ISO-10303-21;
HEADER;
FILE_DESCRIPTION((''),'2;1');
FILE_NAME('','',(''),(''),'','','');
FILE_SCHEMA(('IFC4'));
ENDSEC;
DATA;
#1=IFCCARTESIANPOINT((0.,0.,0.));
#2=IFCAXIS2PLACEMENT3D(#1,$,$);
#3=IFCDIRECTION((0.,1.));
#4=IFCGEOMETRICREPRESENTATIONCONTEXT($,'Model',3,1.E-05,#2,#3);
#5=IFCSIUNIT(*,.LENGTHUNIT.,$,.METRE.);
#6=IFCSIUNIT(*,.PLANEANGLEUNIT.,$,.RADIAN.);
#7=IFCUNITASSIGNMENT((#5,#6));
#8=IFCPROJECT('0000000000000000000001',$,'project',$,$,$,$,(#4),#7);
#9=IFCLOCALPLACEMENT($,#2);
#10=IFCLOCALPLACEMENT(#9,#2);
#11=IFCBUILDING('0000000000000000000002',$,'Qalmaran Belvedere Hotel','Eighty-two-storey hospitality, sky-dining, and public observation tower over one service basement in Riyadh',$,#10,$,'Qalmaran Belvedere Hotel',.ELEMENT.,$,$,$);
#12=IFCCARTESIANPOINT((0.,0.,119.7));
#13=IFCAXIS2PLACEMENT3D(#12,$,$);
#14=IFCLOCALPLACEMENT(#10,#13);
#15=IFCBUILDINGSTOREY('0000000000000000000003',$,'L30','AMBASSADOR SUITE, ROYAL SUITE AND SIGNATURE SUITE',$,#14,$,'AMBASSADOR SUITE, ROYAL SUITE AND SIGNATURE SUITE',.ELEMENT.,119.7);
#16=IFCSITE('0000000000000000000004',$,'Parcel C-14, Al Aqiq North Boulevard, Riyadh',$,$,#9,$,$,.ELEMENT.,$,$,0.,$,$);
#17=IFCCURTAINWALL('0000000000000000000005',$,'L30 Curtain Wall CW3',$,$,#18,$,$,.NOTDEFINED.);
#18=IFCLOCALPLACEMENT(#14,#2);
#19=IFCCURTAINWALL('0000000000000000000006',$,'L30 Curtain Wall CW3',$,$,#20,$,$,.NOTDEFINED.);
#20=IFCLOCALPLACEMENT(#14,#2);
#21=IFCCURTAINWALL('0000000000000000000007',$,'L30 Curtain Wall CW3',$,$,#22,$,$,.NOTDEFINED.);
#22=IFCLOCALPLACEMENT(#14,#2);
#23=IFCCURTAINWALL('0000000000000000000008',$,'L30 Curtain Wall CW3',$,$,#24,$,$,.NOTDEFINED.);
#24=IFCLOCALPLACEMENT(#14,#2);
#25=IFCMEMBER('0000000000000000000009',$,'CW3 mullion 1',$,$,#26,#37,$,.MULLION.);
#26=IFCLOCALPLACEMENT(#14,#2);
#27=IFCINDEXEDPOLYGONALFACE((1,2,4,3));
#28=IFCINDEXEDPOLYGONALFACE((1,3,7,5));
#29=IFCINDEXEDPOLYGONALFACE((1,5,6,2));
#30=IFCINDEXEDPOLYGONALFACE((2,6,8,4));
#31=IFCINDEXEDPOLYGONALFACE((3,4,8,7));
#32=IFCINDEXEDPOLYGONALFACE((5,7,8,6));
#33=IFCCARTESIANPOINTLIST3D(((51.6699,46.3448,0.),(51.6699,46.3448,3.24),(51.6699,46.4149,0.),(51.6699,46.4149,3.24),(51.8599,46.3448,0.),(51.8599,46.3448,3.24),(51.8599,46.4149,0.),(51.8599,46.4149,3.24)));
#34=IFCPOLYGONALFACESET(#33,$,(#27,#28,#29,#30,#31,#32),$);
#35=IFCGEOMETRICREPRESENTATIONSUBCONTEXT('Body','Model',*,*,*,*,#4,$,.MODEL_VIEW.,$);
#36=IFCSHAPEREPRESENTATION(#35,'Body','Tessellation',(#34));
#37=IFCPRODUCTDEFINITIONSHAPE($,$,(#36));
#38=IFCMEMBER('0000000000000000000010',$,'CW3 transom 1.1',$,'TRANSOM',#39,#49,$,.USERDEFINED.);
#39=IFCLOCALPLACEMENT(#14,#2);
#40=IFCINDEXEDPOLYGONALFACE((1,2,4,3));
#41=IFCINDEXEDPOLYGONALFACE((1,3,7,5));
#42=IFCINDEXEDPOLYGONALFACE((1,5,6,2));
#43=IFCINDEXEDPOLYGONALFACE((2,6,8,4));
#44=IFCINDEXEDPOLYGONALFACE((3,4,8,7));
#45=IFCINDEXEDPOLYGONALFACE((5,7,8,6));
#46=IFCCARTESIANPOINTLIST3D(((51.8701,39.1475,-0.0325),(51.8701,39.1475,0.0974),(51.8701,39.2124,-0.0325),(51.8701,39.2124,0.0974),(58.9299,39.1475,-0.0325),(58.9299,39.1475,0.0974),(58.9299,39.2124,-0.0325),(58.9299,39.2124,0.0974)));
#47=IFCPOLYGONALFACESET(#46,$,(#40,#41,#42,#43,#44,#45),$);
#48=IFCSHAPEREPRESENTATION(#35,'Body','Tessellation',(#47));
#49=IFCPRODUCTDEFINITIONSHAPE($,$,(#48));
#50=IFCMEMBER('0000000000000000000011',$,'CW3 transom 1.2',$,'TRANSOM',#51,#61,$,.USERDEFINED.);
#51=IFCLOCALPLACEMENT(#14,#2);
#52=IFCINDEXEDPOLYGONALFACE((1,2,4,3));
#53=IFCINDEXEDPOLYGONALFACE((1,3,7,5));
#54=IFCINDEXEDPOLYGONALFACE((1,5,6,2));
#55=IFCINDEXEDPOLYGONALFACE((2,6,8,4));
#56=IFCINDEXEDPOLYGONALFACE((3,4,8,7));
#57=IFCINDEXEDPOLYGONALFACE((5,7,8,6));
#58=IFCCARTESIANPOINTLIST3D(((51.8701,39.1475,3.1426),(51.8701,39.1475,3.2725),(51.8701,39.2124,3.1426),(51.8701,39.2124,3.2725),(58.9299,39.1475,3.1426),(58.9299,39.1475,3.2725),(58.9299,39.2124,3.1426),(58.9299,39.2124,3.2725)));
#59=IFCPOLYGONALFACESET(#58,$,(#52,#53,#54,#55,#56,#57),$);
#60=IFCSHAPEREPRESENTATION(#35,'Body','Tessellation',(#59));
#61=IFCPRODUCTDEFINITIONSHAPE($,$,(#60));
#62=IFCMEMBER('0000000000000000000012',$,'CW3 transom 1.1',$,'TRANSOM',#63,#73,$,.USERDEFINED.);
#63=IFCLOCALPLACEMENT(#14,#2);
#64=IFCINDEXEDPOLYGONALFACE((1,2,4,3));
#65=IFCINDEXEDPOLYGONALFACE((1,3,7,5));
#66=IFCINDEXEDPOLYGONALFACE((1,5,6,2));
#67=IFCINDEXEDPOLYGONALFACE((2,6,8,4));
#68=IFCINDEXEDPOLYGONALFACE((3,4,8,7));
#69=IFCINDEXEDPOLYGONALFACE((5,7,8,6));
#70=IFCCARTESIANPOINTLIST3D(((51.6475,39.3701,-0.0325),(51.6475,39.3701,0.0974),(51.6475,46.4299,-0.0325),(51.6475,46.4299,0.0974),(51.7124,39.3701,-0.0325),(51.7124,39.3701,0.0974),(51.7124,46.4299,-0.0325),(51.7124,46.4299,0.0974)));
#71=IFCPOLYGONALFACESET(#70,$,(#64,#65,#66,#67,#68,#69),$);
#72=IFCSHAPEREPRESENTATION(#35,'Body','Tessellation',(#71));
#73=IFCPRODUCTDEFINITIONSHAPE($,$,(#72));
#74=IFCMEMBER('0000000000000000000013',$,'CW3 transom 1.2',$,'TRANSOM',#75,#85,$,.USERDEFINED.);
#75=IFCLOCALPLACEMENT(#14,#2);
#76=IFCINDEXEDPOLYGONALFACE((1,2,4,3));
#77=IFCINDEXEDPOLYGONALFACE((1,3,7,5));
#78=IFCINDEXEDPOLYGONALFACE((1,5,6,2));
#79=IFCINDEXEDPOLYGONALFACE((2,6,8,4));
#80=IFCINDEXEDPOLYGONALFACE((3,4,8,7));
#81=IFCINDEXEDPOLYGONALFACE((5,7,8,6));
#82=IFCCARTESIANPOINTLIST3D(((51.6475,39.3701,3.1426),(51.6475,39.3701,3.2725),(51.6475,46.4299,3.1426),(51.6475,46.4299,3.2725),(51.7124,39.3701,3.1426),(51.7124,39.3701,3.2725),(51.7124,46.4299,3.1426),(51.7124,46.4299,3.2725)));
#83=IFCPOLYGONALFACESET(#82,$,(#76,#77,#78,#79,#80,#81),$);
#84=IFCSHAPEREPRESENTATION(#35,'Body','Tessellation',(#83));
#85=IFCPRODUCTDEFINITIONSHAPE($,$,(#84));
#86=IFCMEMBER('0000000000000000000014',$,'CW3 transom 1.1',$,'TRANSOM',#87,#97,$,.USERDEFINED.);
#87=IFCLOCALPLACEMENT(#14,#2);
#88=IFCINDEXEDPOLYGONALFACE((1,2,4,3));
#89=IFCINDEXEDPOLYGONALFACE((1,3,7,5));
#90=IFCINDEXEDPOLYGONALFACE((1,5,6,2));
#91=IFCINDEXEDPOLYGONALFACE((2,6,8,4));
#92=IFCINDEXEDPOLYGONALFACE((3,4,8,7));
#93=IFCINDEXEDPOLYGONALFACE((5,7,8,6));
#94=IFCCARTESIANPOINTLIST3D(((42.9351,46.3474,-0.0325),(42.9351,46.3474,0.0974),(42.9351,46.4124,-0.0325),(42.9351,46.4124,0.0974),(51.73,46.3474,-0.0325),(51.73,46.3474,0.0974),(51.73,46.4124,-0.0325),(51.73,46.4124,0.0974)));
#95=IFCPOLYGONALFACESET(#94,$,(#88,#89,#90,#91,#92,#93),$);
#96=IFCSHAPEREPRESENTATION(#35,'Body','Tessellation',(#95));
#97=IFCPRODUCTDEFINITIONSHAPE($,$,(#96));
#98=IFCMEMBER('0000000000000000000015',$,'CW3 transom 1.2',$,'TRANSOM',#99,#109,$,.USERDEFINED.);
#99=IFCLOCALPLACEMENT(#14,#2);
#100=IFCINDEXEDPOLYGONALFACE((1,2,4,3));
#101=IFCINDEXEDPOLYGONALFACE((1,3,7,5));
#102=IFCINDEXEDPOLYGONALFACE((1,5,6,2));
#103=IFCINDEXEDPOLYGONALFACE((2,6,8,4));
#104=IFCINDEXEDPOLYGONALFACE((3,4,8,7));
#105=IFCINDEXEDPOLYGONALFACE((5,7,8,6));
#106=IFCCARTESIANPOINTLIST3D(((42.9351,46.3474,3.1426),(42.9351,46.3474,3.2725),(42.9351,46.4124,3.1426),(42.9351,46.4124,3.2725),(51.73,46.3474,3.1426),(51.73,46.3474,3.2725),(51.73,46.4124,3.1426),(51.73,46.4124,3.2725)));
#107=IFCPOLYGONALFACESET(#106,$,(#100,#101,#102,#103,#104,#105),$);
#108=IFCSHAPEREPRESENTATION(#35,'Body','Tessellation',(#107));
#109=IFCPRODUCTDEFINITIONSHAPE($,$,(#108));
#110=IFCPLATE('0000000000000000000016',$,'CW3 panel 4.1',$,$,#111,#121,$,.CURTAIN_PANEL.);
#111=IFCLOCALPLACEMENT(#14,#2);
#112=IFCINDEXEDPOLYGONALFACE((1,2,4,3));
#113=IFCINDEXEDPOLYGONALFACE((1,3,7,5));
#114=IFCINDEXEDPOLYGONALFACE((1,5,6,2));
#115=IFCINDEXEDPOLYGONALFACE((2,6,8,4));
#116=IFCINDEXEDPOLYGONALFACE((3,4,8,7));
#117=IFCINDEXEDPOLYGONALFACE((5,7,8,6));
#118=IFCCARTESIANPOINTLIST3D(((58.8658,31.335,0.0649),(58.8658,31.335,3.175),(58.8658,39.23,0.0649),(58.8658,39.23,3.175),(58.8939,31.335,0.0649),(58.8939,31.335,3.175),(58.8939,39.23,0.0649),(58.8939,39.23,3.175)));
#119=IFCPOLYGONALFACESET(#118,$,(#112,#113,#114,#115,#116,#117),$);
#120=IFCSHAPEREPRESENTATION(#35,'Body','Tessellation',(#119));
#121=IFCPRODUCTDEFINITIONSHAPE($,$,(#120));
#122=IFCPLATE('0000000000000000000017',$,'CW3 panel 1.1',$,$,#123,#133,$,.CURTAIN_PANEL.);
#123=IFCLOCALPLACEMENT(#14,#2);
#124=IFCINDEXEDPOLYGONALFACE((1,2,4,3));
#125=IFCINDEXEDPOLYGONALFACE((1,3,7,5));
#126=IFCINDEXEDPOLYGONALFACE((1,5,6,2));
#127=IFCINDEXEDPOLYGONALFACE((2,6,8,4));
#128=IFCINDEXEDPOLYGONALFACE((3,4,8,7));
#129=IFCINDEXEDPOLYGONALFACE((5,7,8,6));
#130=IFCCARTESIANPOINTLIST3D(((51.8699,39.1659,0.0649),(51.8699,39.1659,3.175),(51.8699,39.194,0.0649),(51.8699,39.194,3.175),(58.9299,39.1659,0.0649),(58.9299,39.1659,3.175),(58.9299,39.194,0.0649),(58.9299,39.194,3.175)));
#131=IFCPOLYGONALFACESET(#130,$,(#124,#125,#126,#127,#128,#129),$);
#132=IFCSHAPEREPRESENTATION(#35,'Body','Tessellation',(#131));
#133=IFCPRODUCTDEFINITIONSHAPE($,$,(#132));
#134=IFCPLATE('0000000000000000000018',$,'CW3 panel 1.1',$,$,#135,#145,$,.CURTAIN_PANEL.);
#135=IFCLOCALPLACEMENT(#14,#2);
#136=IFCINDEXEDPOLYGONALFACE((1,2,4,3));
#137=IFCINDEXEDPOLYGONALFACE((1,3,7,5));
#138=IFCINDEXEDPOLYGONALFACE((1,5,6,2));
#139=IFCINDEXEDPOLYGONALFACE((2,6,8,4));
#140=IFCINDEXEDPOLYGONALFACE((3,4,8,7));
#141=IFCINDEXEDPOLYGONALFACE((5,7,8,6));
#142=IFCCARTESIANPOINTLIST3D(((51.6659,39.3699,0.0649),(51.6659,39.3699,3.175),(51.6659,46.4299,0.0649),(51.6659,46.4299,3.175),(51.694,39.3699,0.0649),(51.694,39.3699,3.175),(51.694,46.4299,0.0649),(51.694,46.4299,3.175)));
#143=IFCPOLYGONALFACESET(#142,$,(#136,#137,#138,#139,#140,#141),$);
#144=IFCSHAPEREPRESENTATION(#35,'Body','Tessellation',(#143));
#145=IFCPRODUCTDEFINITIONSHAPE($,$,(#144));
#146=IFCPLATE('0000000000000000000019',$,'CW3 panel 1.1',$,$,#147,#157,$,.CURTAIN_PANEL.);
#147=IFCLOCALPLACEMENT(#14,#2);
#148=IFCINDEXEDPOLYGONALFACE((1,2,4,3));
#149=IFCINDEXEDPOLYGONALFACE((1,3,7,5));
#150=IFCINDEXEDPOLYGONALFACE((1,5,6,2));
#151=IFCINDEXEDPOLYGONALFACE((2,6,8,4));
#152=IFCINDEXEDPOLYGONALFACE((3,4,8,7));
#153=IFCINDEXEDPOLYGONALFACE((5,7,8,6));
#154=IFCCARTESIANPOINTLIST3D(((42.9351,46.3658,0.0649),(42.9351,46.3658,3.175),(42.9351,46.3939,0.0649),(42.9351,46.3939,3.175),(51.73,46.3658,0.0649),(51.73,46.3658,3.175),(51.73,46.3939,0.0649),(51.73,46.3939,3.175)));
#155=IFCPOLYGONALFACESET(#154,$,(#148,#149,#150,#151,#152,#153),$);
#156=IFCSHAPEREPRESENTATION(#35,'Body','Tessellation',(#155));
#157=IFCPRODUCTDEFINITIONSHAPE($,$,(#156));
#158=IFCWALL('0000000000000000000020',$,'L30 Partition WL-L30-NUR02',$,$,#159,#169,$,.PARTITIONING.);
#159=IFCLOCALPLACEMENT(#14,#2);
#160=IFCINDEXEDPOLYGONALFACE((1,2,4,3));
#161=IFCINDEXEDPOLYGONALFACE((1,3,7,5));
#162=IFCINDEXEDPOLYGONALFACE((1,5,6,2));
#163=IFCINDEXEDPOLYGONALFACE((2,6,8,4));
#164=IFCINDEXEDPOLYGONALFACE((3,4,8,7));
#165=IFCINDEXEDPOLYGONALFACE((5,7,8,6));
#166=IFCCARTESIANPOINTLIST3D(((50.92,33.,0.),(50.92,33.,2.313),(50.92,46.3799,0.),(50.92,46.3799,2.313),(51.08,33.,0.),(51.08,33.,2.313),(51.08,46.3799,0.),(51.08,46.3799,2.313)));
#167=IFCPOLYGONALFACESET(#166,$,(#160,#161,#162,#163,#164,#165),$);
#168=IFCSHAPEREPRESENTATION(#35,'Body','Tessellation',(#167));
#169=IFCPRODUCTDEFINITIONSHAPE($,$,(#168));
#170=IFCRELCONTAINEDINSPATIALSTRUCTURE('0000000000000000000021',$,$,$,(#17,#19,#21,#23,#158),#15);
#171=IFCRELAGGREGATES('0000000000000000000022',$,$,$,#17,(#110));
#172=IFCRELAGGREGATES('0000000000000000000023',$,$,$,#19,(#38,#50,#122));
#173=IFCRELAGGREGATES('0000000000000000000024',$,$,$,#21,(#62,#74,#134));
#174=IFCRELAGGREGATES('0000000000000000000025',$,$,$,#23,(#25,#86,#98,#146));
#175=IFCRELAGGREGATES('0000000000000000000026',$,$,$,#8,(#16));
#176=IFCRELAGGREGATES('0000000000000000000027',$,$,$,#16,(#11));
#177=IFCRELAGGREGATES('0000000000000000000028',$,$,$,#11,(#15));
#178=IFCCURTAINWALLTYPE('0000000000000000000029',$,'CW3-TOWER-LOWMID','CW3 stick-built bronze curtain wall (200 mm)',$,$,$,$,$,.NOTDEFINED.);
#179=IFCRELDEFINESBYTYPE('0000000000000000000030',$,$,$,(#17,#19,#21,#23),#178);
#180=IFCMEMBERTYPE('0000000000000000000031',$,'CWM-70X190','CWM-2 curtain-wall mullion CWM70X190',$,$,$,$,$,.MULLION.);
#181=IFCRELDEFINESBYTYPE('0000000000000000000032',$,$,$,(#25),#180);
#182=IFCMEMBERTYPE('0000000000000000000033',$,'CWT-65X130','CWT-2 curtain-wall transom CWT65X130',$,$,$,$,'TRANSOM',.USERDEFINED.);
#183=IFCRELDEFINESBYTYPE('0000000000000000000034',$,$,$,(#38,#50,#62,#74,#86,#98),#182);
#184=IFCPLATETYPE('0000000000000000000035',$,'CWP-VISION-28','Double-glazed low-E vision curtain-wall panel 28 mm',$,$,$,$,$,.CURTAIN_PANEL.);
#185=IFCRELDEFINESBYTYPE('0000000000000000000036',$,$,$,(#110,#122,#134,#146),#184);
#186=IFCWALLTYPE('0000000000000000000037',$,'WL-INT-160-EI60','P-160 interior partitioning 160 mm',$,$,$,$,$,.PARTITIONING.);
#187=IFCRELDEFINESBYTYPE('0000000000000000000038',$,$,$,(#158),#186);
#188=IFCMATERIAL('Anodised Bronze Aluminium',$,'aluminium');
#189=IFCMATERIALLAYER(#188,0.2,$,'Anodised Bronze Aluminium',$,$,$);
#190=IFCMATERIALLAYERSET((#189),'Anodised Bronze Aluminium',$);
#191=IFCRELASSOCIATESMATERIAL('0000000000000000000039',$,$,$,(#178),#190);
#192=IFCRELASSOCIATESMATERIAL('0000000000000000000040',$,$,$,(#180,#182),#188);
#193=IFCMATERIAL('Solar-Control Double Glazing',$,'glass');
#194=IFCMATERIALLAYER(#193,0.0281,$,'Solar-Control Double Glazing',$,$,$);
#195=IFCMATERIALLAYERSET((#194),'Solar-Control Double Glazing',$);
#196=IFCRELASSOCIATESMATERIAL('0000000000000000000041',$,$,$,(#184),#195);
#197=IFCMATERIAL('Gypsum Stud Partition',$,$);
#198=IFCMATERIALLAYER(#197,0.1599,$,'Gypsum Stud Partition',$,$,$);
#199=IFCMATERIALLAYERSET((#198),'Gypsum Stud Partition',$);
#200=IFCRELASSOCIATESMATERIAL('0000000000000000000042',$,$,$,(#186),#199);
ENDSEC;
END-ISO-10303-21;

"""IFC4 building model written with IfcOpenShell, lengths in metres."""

from ifc_helpers import new_model, si_unit, direction, frame, frame_2d, origin, origin_2d, place, context, subcontext, project, spatial, rectangle, extrude, material, layer, layer_set, material_profile, profile_set, type_object, element, aggregate, save


model = new_model("IFC4")

# Units and contexts
model_context = context("Model", 3, precision=1e-05, world=origin(), true_north=direction((0.0, 1.0)))
body_context = subcontext(model_context, "Body", "Model", "MODEL_VIEW")
ifc_project = project(units=[si_unit("LENGTHUNIT", "METRE"), si_unit("PLANEANGLEUNIT", "RADIAN")], contexts=[model_context])

# Site, building, storey
site_placement = place(None, origin())
site = spatial("IfcSite", under=ifc_project, at=site_placement, Name="Parcel C-14, Al Aqiq North Boulevard, Riyadh", CompositionType="ELEMENT", RefElevation=0.0)
building_placement = place(site_placement, origin())
building = spatial("IfcBuilding", under=site, at=building_placement, Name="Qalmaran Belvedere Hotel", Description="Eighty-two-storey hospitality, sky-dining, and public observation tower over one service basement in Riyadh", LongName="Qalmaran Belvedere Hotel", CompositionType="ELEMENT")
storey_placement = place(building_placement, frame((0.0, 0.0, 119.7)))
storey = spatial("IfcBuildingStorey", under=building, at=storey_placement, Name="L30", Description="AMBASSADOR SUITE, ROYAL SUITE AND SIGNATURE SUITE", LongName="AMBASSADOR SUITE, ROYAL SUITE AND SIGNATURE SUITE", CompositionType="ELEMENT", Elevation=119.7)

# Curtain wall
ifc_material_1 = material(Name="Anodised Bronze Aluminium", Category="aluminium")
ifc_layer_1 = layer(ifc_material_1, 0.2, Name="Anodised Bronze Aluminium")
ifc_layer_set_1 = layer_set([ifc_layer_1], Name="Anodised Bronze Aluminium")
curtain_wall_type = type_object("IfcCurtainWallType", Name="CW3-TOWER-LOWMID", Description="CW3 stick-built bronze curtain wall (200 mm)", PredefinedType="NOTDEFINED", material=ifc_layer_set_1)
curtain_wall_1_placement = place(storey_placement, origin())
curtain_wall_1 = element("IfcCurtainWall", 1, at=curtain_wall_1_placement, inside=storey, type_object=curtain_wall_type, Name="L30 Curtain Wall CW3", PredefinedType="NOTDEFINED")
ifc_material_profile_1 = material_profile(ifc_material_1, rectangle(XDim=0.0701, YDim=0.1899, at=origin_2d()), Name="CWM70X190")
ifc_profile_set_1 = profile_set([ifc_material_profile_1], Name="Anodised Bronze Aluminium")
member_type_1 = type_object("IfcMemberType", Name="CWM-70X190", Description="CWM-2 curtain-wall mullion CWM70X190", PredefinedType="MULLION", material=ifc_profile_set_1)

# Curtain walls
curtain_wall_2_placement = place(storey_placement, origin())
curtain_wall_2 = element("IfcCurtainWall", 2, at=curtain_wall_2_placement, inside=storey, type_object=curtain_wall_type, Name="L30 Curtain Wall CW3", PredefinedType="NOTDEFINED")
curtain_wall_3_placement = place(storey_placement, origin())
curtain_wall_3 = element("IfcCurtainWall", 3, at=curtain_wall_3_placement, inside=storey, type_object=curtain_wall_type, Name="L30 Curtain Wall CW3", PredefinedType="NOTDEFINED")

# Curtain wall, member
curtain_wall_4_placement = place(storey_placement, origin())
curtain_wall_4 = element("IfcCurtainWall", 4, at=curtain_wall_4_placement, inside=storey, type_object=curtain_wall_type, Name="L30 Curtain Wall CW3", PredefinedType="NOTDEFINED")
member_1_placement = place(storey_placement, frame((51.7649, 46.3799, 0.0), z_axis=(0.0, 0.0, 1.0), x_axis=(0.0, -1.0, 0.0)))
member_1 = element("IfcMember", 5, at=member_1_placement, type_object=member_type_1, Name="CW3 mullion 1", PredefinedType="MULLION", context=body_context, shape_type="SweptSolid", body=[
    extrude(rectangle(XDim=0.0701, YDim=0.1899, at=origin_2d()), origin(), (0.0, 0.0, 1.0), 3.24),
])

# Members
ifc_material_profile_2 = material_profile(ifc_material_1, rectangle(XDim=0.0649, YDim=0.1299, at=origin_2d()), Name="CWT65X130")
ifc_profile_set_2 = profile_set([ifc_material_profile_2], Name="Anodised Bronze Aluminium")
member_type_2 = type_object("IfcMemberType", Name="CWT-65X130", Description="CWT-2 curtain-wall transom CWT65X130", ElementType="TRANSOM", PredefinedType="USERDEFINED", material=ifc_profile_set_2)
member_2_placement = place(storey_placement, frame((58.9299, 39.1799, 0.0325), z_axis=(-1.0, 0.0, 0.0), x_axis=(0.0, -1.0, 0.0)))
member_2 = element("IfcMember", 6, at=member_2_placement, type_object=member_type_2, Name="CW3 transom 1.1", ObjectType="TRANSOM", PredefinedType="USERDEFINED", context=body_context, shape_type="SweptSolid", body=[
    extrude(rectangle(XDim=0.0649, YDim=0.1299, at=origin_2d()), origin(), (0.0, 0.0, 1.0), 7.0598),
])
member_3_placement = place(storey_placement, frame((58.9299, 39.1799, 3.2075), z_axis=(-1.0, 0.0, 0.0), x_axis=(0.0, -1.0, 0.0)))
member_3 = element("IfcMember", 7, at=member_3_placement, type_object=member_type_2, Name="CW3 transom 1.2", ObjectType="TRANSOM", PredefinedType="USERDEFINED", context=body_context, shape_type="SweptSolid", body=[
    extrude(rectangle(XDim=0.0649, YDim=0.1299, at=origin_2d()), origin(), (0.0, 0.0, 1.0), 7.0598),
])
member_4_placement = place(storey_placement, frame((51.6799, 39.3701, 0.0325), z_axis=(0.0, 1.0, 0.0), x_axis=(-1.0, 0.0, 0.0)))
member_4 = element("IfcMember", 8, at=member_4_placement, type_object=member_type_2, Name="CW3 transom 1.1", ObjectType="TRANSOM", PredefinedType="USERDEFINED", context=body_context, shape_type="SweptSolid", body=[
    extrude(rectangle(XDim=0.0649, YDim=0.1299, at=origin_2d()), origin(), (0.0, 0.0, 1.0), 7.0598),
])
member_5_placement = place(storey_placement, frame((51.6799, 39.3701, 3.2075), z_axis=(0.0, 1.0, 0.0), x_axis=(-1.0, 0.0, 0.0)))
member_5 = element("IfcMember", 9, at=member_5_placement, type_object=member_type_2, Name="CW3 transom 1.2", ObjectType="TRANSOM", PredefinedType="USERDEFINED", context=body_context, shape_type="SweptSolid", body=[
    extrude(rectangle(XDim=0.0649, YDim=0.1299, at=origin_2d()), origin(), (0.0, 0.0, 1.0), 7.0598),
])
member_6_placement = place(storey_placement, frame((51.73, 46.3799, 0.0325), z_axis=(-1.0, 0.0, 0.0), x_axis=(0.0, -1.0, 0.0)))
member_6 = element("IfcMember", 10, at=member_6_placement, type_object=member_type_2, Name="CW3 transom 1.1", ObjectType="TRANSOM", PredefinedType="USERDEFINED", context=body_context, shape_type="SweptSolid", body=[
    extrude(rectangle(XDim=0.0649, YDim=0.1299, at=origin_2d()), origin(), (0.0, 0.0, 1.0), 8.7949),
])
member_7_placement = place(storey_placement, frame((51.73, 46.3799, 3.2075), z_axis=(-1.0, 0.0, 0.0), x_axis=(0.0, -1.0, 0.0)))
member_7 = element("IfcMember", 11, at=member_7_placement, type_object=member_type_2, Name="CW3 transom 1.2", ObjectType="TRANSOM", PredefinedType="USERDEFINED", context=body_context, shape_type="SweptSolid", body=[
    extrude(rectangle(XDim=0.0649, YDim=0.1299, at=origin_2d()), origin(), (0.0, 0.0, 1.0), 8.7949),
])

# Plates
ifc_material_2 = material(Name="Solar-Control Double Glazing", Category="glass")
ifc_layer_2 = layer(ifc_material_2, 0.0281, Name="Solar-Control Double Glazing")
ifc_layer_set_2 = layer_set([ifc_layer_2], Name="Solar-Control Double Glazing")
plate_type = type_object("IfcPlateType", Name="CWP-VISION-28", Description="Double-glazed low-E vision curtain-wall panel 28 mm", PredefinedType="CURTAIN_PANEL", material=ifc_layer_set_2)
plate_1_placement = place(storey_placement, frame((58.8799, 35.2825, 0.0649), z_axis=(0.0, 0.0, 1.0), x_axis=(0.0, 1.0, 0.0)))
plate_1 = element("IfcPlate", 12, at=plate_1_placement, type_object=plate_type, Name="CW3 panel 4.1", PredefinedType="CURTAIN_PANEL", context=body_context, shape_type="SweptSolid", body=[
    extrude(rectangle(XDim=7.895, YDim=0.0281, at=origin_2d()), origin(), (0.0, 0.0, 1.0), 3.1101),
])
aggregate(curtain_wall_1, [plate_1])
plate_2_placement = place(storey_placement, frame((55.3999, 39.1799, 0.0649), z_axis=(0.0, 0.0, 1.0), x_axis=(-1.0, 0.0, 0.0)))
plate_2 = element("IfcPlate", 13, at=plate_2_placement, type_object=plate_type, Name="CW3 panel 1.1", PredefinedType="CURTAIN_PANEL", context=body_context, shape_type="SweptSolid", body=[
    extrude(rectangle(XDim=7.0601, YDim=0.0281, at=origin_2d()), origin(), (0.0, 0.0, 1.0), 3.1101),
])
aggregate(curtain_wall_2, [member_2, member_3, plate_2])
plate_3_placement = place(storey_placement, frame((51.6799, 42.8999, 0.0649), z_axis=(0.0, 0.0, 1.0), x_axis=(0.0, 1.0, 0.0)))
plate_3 = element("IfcPlate", 14, at=plate_3_placement, type_object=plate_type, Name="CW3 panel 1.1", PredefinedType="CURTAIN_PANEL", context=body_context, shape_type="SweptSolid", body=[
    extrude(rectangle(XDim=7.0601, YDim=0.0281, at=origin_2d()), origin(), (0.0, 0.0, 1.0), 3.1101),
])
aggregate(curtain_wall_3, [member_4, member_5, plate_3])
plate_4_placement = place(storey_placement, frame((47.3325, 46.3799, 0.0649), z_axis=(0.0, 0.0, 1.0), x_axis=(-1.0, 0.0, 0.0)))
plate_4 = element("IfcPlate", 15, at=plate_4_placement, type_object=plate_type, Name="CW3 panel 1.1", PredefinedType="CURTAIN_PANEL", context=body_context, shape_type="SweptSolid", body=[
    extrude(rectangle(XDim=8.7949, YDim=0.0281, at=origin_2d()), origin(), (0.0, 0.0, 1.0), 3.1101),
])
aggregate(curtain_wall_4, [member_1, member_6, member_7, plate_4])

# Wall
ifc_material_3 = material(Name="Gypsum Stud Partition")
ifc_layer_3 = layer(ifc_material_3, 0.1599, Name="Gypsum Stud Partition")
ifc_layer_set_3 = layer_set([ifc_layer_3], Name="Gypsum Stud Partition")
wall_type = type_object("IfcWallType", Name="WL-INT-160-EI60", Description="P-160 interior partitioning 160 mm", PredefinedType="PARTITIONING", material=ifc_layer_set_3)
wall_placement = place(storey_placement, frame((51.0, 33.0, 0.0), z_axis=(0.0, 0.0, 1.0), x_axis=(0.0, 1.0, 0.0)))
element("IfcWall", 16, at=wall_placement, inside=storey, type_object=wall_type, Name="L30 Partition WL-L30-NUR02", PredefinedType="PARTITIONING", context=body_context, shape_type="SweptSolid", body=[
    extrude(rectangle(XDim=13.3799, YDim=0.1599, at=frame_2d((6.6899, 0.0))), origin(), (0.0, 0.0, 1.0), 2.313),
])

save(model, "model.ifc")
